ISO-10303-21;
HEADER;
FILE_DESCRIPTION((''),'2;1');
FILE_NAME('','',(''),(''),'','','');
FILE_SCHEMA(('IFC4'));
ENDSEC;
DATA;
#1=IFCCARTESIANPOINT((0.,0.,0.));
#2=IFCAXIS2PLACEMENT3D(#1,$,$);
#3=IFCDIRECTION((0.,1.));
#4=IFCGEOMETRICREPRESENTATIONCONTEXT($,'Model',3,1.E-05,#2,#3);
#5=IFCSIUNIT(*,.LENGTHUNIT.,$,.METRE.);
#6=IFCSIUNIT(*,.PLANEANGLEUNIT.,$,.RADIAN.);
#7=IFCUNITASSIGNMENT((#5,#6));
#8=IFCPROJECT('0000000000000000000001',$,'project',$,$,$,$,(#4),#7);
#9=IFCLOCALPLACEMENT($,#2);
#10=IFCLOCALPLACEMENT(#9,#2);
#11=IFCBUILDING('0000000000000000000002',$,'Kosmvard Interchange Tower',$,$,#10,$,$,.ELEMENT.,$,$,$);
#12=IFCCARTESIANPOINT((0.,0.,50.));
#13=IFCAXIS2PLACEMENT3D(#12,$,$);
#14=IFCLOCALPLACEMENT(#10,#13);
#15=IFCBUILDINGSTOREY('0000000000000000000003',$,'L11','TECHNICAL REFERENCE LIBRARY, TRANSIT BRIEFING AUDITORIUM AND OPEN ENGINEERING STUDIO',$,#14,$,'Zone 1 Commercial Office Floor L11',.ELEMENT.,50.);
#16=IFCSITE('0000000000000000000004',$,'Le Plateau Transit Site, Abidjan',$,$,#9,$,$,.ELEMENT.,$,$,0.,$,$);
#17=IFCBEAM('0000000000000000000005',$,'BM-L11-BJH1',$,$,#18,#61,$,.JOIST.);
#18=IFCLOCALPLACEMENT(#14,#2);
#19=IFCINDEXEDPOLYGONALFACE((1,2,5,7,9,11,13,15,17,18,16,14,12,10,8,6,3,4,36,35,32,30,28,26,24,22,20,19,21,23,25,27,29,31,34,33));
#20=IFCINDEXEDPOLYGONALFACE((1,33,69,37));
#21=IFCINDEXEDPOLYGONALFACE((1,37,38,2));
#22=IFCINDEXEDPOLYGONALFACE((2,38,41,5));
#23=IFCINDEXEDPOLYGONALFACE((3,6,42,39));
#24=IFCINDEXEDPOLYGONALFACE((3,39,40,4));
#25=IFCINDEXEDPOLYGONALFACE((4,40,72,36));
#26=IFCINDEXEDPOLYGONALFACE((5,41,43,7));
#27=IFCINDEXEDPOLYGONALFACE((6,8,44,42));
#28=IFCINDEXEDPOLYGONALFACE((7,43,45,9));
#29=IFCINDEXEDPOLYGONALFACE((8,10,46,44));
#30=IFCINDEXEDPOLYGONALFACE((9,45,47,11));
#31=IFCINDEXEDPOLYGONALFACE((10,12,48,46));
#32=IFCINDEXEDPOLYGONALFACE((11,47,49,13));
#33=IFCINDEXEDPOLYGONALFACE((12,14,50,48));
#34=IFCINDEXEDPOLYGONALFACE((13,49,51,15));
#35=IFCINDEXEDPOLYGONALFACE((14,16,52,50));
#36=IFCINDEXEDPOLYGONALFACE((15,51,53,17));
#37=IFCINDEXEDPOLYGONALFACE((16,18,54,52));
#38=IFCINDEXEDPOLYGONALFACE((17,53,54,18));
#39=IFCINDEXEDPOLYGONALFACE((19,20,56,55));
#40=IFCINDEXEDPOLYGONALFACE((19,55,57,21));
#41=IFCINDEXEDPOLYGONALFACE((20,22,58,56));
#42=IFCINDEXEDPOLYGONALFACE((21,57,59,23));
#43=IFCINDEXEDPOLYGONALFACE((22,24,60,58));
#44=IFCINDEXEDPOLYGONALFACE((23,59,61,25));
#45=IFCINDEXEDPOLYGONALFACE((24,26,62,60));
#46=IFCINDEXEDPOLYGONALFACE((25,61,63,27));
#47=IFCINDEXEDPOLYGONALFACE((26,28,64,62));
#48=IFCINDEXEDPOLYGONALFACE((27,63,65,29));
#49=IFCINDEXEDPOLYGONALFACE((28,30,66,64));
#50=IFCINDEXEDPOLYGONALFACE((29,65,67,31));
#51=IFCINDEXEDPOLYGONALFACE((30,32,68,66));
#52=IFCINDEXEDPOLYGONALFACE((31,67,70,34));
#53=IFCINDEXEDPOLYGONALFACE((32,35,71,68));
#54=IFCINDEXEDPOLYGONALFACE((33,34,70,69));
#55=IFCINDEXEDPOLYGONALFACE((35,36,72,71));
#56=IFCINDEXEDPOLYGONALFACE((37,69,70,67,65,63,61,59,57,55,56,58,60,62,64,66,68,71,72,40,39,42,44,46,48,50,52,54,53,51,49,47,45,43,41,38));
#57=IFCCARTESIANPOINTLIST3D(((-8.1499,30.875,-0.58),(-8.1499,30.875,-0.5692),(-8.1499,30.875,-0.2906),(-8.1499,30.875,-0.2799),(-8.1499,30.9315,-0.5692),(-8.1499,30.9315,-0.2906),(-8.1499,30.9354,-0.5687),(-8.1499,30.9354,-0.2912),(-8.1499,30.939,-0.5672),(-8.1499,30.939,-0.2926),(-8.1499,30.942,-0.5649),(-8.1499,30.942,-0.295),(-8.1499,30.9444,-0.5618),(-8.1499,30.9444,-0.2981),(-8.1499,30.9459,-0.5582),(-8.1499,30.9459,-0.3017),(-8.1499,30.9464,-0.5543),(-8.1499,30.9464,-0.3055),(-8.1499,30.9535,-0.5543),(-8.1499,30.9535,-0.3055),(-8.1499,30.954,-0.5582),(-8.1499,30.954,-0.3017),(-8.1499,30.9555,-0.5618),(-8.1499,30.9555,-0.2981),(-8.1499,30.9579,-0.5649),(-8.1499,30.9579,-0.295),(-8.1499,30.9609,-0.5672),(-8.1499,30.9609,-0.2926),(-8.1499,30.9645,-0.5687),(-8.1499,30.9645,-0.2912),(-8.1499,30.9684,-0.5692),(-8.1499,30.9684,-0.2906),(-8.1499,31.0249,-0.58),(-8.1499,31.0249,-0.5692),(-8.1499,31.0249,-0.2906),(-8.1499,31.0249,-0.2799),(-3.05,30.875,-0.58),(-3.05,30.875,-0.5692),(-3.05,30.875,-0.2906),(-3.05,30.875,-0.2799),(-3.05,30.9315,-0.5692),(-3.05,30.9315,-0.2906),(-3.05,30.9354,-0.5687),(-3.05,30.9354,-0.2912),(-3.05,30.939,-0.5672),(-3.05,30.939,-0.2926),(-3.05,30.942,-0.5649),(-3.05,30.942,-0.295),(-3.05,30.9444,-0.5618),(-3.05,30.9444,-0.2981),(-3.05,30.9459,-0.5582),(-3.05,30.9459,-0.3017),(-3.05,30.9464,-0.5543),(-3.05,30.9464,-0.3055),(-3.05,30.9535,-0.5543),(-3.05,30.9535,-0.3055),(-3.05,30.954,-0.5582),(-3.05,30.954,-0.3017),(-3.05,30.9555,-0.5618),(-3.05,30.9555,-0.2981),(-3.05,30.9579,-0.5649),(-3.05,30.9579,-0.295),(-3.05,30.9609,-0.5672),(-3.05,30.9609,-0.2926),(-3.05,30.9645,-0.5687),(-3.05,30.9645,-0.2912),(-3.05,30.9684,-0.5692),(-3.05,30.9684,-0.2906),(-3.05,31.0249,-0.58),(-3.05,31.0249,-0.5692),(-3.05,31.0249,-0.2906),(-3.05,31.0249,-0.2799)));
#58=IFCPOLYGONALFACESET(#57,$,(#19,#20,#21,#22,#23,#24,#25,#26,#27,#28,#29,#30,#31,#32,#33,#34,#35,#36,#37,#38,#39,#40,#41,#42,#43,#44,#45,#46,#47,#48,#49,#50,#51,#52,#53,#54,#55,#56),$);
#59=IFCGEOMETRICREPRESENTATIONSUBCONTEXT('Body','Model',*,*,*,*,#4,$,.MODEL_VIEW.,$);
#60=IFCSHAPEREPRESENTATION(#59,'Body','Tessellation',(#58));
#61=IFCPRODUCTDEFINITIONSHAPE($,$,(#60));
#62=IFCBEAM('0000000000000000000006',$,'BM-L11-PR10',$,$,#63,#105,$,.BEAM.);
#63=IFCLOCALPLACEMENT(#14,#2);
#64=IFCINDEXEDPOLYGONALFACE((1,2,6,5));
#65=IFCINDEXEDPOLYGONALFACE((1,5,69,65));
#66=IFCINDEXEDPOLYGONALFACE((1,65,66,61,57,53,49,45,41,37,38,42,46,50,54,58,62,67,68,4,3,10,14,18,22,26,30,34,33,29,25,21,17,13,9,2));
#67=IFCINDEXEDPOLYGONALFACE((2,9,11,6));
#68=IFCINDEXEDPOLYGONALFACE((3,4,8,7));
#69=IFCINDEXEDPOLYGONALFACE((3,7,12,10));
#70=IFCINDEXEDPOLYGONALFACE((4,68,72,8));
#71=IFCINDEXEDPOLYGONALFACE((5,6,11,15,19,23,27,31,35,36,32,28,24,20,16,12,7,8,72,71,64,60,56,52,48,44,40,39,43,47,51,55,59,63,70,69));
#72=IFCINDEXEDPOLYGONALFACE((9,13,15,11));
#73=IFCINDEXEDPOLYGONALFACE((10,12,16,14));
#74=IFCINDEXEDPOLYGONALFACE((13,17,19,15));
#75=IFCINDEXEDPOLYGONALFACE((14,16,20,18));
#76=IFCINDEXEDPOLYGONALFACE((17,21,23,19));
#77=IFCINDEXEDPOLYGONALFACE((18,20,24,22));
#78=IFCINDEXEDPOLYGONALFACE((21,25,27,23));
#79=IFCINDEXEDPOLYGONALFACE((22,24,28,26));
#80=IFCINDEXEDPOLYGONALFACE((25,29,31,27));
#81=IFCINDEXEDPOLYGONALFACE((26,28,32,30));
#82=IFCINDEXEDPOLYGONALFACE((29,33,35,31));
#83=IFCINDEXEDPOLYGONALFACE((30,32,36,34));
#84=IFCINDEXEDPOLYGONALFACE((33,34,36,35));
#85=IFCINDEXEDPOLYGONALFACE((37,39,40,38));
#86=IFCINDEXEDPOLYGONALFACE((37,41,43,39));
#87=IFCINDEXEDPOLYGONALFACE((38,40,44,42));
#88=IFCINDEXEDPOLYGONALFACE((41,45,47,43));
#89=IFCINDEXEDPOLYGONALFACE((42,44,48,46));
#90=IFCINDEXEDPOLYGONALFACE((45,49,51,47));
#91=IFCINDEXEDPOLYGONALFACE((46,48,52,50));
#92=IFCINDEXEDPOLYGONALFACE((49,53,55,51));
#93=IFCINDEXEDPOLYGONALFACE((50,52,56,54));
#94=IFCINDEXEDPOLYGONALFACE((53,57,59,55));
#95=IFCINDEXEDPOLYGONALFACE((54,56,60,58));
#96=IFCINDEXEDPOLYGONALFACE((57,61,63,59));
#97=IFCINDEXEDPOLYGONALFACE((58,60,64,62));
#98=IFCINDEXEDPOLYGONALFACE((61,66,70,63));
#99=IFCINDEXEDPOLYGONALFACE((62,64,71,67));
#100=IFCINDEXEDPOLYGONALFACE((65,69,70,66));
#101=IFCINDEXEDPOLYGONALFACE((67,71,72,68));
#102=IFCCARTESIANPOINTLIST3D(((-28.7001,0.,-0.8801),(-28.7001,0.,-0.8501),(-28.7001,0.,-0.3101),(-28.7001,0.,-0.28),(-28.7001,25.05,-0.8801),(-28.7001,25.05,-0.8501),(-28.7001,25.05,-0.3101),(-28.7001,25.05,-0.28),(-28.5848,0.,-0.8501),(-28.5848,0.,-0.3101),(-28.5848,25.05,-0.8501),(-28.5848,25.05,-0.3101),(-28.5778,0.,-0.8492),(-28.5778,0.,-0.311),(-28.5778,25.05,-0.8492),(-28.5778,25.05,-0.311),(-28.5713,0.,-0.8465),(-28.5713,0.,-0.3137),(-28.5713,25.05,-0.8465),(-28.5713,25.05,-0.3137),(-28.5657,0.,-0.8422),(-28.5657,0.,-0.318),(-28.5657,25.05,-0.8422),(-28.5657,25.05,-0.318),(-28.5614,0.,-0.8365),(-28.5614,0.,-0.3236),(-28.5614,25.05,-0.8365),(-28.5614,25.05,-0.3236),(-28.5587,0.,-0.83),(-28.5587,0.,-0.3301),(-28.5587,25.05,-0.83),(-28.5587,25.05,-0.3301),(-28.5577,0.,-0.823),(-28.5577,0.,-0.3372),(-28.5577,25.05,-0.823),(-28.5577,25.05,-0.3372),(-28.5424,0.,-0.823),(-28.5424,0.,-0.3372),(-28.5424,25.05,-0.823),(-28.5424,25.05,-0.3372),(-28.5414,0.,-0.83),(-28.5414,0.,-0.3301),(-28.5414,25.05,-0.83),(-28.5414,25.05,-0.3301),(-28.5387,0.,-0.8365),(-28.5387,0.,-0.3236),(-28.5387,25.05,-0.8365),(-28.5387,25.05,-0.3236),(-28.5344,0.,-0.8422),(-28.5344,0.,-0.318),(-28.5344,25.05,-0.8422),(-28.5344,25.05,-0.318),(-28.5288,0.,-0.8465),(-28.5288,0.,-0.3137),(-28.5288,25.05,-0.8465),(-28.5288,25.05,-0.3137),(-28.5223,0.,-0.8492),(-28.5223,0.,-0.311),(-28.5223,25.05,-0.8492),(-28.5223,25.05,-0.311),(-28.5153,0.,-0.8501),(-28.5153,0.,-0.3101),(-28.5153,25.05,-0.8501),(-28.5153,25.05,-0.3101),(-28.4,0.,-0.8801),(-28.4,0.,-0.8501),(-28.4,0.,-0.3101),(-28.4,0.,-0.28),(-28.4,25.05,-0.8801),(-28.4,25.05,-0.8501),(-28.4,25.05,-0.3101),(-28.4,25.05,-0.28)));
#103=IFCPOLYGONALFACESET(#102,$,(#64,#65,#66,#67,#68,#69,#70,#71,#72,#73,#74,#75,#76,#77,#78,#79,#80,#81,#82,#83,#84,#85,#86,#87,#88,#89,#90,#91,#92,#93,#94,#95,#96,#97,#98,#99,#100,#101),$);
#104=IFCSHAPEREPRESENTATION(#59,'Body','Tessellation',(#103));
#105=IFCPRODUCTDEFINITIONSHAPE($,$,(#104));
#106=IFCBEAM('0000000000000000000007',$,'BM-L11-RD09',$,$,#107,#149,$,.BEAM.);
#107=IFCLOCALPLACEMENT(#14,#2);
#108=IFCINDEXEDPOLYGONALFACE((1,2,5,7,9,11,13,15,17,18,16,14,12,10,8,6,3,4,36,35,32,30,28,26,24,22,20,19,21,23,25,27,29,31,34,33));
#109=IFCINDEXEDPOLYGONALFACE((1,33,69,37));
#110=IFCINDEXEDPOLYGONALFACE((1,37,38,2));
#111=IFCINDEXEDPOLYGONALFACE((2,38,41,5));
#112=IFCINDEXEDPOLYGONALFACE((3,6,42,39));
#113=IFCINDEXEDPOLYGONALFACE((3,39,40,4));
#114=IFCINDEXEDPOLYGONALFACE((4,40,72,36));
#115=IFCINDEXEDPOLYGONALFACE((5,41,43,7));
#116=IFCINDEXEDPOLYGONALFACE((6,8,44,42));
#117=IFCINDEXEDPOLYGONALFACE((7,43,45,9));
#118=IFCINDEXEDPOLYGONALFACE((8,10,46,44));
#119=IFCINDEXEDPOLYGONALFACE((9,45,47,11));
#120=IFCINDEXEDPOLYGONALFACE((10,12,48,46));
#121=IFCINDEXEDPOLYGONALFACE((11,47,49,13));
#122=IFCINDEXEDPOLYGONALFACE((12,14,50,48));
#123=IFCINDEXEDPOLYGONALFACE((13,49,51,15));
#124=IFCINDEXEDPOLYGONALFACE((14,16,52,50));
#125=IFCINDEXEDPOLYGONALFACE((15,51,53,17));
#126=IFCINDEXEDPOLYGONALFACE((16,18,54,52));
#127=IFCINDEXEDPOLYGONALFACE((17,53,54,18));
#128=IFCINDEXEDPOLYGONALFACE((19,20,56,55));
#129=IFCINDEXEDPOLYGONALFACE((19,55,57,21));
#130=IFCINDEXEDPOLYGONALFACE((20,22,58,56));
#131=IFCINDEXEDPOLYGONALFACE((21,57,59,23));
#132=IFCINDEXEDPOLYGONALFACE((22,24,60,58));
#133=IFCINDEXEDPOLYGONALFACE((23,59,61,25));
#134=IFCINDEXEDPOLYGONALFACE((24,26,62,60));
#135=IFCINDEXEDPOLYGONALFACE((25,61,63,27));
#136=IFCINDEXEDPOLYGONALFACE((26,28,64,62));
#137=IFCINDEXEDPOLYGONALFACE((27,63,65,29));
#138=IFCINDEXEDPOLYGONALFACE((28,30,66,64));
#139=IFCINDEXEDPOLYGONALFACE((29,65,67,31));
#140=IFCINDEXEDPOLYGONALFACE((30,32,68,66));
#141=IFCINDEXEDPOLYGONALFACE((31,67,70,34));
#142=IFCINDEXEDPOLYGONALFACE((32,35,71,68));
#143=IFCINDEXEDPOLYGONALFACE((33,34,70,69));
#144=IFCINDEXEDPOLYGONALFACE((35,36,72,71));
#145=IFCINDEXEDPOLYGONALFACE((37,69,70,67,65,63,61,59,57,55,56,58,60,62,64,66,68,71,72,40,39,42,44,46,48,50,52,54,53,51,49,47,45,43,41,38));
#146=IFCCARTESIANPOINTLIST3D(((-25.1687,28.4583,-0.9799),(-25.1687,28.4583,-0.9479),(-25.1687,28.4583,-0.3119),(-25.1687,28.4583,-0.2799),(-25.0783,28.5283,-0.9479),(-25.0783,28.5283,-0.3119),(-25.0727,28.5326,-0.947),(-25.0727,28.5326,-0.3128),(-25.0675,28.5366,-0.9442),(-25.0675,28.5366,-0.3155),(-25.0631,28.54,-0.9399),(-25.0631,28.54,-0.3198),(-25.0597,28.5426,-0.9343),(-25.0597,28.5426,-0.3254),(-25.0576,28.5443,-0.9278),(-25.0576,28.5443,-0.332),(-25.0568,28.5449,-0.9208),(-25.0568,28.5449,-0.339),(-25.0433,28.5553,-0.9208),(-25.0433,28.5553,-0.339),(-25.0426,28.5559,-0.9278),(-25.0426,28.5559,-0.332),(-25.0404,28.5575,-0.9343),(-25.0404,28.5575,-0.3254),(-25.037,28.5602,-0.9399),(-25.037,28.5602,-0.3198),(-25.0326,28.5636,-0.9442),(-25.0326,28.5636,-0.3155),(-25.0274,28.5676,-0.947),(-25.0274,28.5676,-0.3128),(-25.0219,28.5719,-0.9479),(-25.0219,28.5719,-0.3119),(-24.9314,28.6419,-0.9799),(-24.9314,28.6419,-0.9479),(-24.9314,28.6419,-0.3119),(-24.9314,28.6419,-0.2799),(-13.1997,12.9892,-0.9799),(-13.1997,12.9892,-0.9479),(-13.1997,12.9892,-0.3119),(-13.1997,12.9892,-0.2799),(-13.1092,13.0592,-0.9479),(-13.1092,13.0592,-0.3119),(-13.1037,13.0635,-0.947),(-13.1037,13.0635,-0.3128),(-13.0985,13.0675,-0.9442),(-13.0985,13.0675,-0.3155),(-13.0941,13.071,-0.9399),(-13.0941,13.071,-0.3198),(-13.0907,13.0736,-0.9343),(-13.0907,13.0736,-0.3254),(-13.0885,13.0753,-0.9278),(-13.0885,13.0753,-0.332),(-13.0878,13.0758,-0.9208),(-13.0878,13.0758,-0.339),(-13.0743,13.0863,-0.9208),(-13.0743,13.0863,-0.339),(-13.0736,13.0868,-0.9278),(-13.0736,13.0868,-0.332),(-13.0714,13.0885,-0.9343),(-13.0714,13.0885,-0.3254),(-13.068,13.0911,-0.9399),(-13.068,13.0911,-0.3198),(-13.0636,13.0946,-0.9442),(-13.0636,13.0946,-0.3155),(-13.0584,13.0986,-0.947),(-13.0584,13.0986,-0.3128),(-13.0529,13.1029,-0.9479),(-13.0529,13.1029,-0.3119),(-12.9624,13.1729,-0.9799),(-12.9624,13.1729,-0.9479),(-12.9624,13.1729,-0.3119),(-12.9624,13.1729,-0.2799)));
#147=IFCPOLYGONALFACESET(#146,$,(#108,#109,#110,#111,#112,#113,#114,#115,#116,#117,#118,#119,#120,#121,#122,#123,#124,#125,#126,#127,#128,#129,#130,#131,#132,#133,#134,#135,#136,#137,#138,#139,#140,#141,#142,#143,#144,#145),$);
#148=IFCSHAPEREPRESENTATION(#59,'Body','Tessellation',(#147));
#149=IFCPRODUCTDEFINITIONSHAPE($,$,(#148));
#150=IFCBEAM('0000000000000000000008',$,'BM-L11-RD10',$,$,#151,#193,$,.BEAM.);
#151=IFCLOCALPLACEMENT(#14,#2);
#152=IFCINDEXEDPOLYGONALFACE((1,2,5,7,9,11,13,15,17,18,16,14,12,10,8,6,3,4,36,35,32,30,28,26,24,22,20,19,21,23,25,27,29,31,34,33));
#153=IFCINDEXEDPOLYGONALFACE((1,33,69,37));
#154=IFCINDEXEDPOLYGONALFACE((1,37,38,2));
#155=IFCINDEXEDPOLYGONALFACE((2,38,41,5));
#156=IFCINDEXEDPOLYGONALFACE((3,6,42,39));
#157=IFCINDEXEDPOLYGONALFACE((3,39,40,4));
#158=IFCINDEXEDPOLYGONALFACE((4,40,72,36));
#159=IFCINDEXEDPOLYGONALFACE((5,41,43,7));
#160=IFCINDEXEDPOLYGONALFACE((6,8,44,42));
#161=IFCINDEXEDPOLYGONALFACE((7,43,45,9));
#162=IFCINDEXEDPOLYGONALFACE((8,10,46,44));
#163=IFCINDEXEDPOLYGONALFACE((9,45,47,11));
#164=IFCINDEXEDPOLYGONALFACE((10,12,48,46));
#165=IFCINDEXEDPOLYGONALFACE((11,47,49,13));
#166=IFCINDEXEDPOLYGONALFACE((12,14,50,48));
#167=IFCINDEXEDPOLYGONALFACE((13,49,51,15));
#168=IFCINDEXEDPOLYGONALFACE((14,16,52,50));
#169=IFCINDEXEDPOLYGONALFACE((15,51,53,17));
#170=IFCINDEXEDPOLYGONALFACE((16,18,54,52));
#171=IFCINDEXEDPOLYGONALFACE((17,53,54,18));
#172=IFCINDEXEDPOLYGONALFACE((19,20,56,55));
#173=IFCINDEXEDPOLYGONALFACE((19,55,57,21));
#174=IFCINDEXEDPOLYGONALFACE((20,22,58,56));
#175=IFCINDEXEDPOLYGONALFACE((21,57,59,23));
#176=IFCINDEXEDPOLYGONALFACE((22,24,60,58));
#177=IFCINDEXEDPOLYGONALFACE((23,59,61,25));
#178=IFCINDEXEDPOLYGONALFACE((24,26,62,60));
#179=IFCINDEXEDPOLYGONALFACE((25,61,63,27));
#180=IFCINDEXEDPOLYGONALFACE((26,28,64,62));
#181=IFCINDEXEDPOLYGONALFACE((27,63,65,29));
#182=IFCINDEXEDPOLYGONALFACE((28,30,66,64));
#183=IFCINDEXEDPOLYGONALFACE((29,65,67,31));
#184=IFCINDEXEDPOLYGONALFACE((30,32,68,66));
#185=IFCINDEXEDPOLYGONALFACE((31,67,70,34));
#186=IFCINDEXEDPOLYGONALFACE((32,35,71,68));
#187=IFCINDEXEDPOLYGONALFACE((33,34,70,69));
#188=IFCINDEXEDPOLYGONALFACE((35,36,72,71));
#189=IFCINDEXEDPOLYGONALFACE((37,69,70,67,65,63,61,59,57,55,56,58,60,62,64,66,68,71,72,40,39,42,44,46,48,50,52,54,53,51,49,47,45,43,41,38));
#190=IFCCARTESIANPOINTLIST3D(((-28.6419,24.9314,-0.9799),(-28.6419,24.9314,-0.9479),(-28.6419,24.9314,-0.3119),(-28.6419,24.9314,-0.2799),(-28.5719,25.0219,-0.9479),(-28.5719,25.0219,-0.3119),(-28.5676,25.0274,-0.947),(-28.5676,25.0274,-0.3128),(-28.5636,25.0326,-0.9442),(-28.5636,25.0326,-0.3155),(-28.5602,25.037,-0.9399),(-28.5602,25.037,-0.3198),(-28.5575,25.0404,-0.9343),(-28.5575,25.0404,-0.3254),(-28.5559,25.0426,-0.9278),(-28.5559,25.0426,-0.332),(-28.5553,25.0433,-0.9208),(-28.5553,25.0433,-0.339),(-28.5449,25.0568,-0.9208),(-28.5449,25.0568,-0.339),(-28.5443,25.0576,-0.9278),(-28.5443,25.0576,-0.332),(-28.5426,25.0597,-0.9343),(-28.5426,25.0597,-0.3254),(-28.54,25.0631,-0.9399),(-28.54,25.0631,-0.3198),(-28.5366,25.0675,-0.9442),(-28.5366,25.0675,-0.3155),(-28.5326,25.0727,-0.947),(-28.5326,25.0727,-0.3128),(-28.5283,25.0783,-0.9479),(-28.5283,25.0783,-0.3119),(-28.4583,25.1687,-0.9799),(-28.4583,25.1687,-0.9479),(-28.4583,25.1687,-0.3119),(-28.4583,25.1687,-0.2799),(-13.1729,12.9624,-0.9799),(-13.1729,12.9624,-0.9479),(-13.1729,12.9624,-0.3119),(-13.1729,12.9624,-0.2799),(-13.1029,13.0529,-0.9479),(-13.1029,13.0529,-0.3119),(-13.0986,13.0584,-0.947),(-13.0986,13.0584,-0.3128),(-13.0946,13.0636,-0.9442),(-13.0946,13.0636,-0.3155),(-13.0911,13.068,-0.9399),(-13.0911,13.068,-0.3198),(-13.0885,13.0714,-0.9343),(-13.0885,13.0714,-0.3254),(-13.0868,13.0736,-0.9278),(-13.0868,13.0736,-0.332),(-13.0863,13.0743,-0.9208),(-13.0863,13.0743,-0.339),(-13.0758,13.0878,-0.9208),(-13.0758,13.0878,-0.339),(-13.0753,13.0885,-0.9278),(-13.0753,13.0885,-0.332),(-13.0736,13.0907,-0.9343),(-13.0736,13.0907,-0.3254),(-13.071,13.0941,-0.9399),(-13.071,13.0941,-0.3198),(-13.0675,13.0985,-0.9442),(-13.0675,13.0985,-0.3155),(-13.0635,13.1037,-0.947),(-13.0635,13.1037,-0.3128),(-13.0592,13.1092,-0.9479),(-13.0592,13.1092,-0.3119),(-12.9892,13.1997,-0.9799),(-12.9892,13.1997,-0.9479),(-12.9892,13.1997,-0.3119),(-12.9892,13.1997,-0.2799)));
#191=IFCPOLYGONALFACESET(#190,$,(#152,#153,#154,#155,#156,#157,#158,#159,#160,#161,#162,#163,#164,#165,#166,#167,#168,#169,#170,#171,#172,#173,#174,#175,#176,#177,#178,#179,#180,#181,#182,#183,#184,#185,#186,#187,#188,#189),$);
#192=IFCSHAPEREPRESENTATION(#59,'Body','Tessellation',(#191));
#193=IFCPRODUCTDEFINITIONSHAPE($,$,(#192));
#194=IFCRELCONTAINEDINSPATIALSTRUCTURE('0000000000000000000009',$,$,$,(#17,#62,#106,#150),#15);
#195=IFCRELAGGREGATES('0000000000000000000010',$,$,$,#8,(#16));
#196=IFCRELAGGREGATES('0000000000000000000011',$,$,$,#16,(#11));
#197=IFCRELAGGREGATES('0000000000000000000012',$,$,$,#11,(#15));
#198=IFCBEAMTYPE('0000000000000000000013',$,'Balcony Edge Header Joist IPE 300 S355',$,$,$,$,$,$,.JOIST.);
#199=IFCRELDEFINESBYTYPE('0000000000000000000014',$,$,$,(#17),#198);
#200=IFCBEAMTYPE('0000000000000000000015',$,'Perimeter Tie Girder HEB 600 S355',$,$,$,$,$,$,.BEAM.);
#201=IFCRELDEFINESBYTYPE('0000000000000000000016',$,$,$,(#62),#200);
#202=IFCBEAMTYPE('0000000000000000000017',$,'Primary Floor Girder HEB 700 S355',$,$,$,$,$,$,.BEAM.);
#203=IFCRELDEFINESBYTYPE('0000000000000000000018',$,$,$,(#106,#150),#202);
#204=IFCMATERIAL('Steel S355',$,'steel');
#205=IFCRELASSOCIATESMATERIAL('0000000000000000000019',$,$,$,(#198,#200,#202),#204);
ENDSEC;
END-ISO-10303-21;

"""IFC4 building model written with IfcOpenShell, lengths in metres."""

from ifc_helpers import new_model, si_unit, direction, frame, origin, origin_2d, place, context, subcontext, project, spatial, i_section, extrude, source, transform, mapped, material, material_profile, profile_set, type_object, element, save


model = new_model("IFC4")

# Units and contexts
model_context = context("Model", 3, precision=1e-05, world=origin(), true_north=direction((0.0, 1.0)))
body_context = subcontext(model_context, "Body", "Model", "MODEL_VIEW")
ifc_project = project(units=[si_unit("LENGTHUNIT", "METRE"), si_unit("PLANEANGLEUNIT", "RADIAN")], contexts=[model_context])

# Site, building, storey
site_placement = place(None, origin())
site = spatial("IfcSite", under=ifc_project, at=site_placement, Name="Le Plateau Transit Site, Abidjan", CompositionType="ELEMENT", RefElevation=0.0)
building_placement = place(site_placement, origin())
building = spatial("IfcBuilding", under=site, at=building_placement, Name="Kosmvard Interchange Tower", CompositionType="ELEMENT")
storey_placement = place(building_placement, frame((0.0, 0.0, 50.0)))
storey = spatial("IfcBuildingStorey", under=building, at=storey_placement, Name="L11", Description="TECHNICAL REFERENCE LIBRARY, TRANSIT BRIEFING AUDITORIUM AND OPEN ENGINEERING STUDIO", LongName="Zone 1 Commercial Office Floor L11", CompositionType="ELEMENT", Elevation=50.0)

# Beams
ifc_material_1 = material(Name="Steel S355", Category="steel")
ifc_material_profile_1 = material_profile(ifc_material_1, i_section(OverallWidth=0.1499, OverallDepth=0.3, WebThickness=0.0071, FlangeThickness=0.0107, FilletRadius=0.0149, at=origin_2d()), Name="IPE 300")
ifc_profile_set_1 = profile_set([ifc_material_profile_1], Name="Steel S355")
beam_type_1 = type_object("IfcBeamType", Name="Balcony Edge Header Joist IPE 300 S355", PredefinedType="JOIST", material=ifc_profile_set_1)
shared_shape_1 = source(origin(), body_context, "Body", "SweptSolid", [
    extrude(i_section(OverallWidth=0.1499, OverallDepth=0.3, WebThickness=0.0071, FlangeThickness=0.0107, FilletRadius=0.0149, at=origin_2d()), origin(), (0.0, 0.0, 1.0), 5.0999),
])
beam_1_placement = place(storey_placement, frame((-3.05, 30.95, -0.4299), z_axis=(-1.0, 0.0, 0.0), x_axis=(0.0, -1.0, 0.0)))
element("IfcBeam", 1, at=beam_1_placement, inside=storey, type_object=beam_type_1, Name="BM-L11-BJH1", PredefinedType="JOIST", context=body_context, shape_type="MappedRepresentation", body=[
    mapped(shared_shape_1, transform((0.0, 0.0, 0.0), scale=1.0)),
])
ifc_material_profile_2 = material_profile(ifc_material_1, i_section(OverallWidth=0.3, OverallDepth=0.6001, WebThickness=0.0154, FlangeThickness=0.03, FilletRadius=0.0271, at=origin_2d()), Name="HEB 600")
ifc_profile_set_2 = profile_set([ifc_material_profile_2], Name="Steel S355")
beam_type_2 = type_object("IfcBeamType", Name="Perimeter Tie Girder HEB 600 S355", PredefinedType="BEAM", material=ifc_profile_set_2)
shared_shape_2 = source(origin(), body_context, "Body", "SweptSolid", [
    extrude(i_section(OverallWidth=0.3, OverallDepth=0.6001, WebThickness=0.0154, FlangeThickness=0.03, FilletRadius=0.0271, at=origin_2d()), origin(), (0.0, 0.0, 1.0), 25.05),
])
beam_2_placement = place(storey_placement, frame((-28.55, 25.05, -0.5801), z_axis=(0.0, -1.0, 0.0), x_axis=(1.0, 0.0, 0.0)))
element("IfcBeam", 2, at=beam_2_placement, inside=storey, type_object=beam_type_2, Name="BM-L11-PR10", PredefinedType="BEAM", context=body_context, shape_type="MappedRepresentation", body=[
    mapped(shared_shape_2, transform((0.0, 0.0, 0.0), scale=1.0)),
])
ifc_material_profile_3 = material_profile(ifc_material_1, i_section(OverallWidth=0.3, OverallDepth=0.7, WebThickness=0.0171, FlangeThickness=0.032, FilletRadius=0.0271, at=origin_2d()), Name="HEB 700")
ifc_profile_set_3 = profile_set([ifc_material_profile_3], Name="Steel S355")
beam_type_3 = type_object("IfcBeamType", Name="Primary Floor Girder HEB 700 S355", PredefinedType="BEAM", material=ifc_profile_set_3)
shared_shape_3 = source(origin(), body_context, "Body", "SweptSolid", [
    extrude(i_section(OverallWidth=0.3, OverallDepth=0.7, WebThickness=0.0171, FlangeThickness=0.032, FilletRadius=0.0271, at=origin_2d()), origin(), (0.0, 0.0, 1.0), 19.5588),
])
for number, where, z_axis, x_axis, name in (
    (3, (-13.0811, 13.0811, -0.6299), (-0.611949, 0.790897, 0.0), (-0.790897, -0.611949, 0.0), "BM-L11-RD09"),
    (4, (-13.0811, 13.0811, -0.6299), (-0.790897, 0.611949, 0.0), (-0.611949, -0.790897, 0.0), "BM-L11-RD10"),
):
    element("IfcBeam", number, at=place(storey_placement, frame(where, z_axis=z_axis, x_axis=x_axis)), inside=storey, type_object=beam_type_3, Name=name, PredefinedType="BEAM", context=body_context, shape_type="MappedRepresentation", body=[
        mapped(shared_shape_3, transform((0.0, 0.0, 0.0), scale=1.0)),
    ])

save(model, "model.ifc")
